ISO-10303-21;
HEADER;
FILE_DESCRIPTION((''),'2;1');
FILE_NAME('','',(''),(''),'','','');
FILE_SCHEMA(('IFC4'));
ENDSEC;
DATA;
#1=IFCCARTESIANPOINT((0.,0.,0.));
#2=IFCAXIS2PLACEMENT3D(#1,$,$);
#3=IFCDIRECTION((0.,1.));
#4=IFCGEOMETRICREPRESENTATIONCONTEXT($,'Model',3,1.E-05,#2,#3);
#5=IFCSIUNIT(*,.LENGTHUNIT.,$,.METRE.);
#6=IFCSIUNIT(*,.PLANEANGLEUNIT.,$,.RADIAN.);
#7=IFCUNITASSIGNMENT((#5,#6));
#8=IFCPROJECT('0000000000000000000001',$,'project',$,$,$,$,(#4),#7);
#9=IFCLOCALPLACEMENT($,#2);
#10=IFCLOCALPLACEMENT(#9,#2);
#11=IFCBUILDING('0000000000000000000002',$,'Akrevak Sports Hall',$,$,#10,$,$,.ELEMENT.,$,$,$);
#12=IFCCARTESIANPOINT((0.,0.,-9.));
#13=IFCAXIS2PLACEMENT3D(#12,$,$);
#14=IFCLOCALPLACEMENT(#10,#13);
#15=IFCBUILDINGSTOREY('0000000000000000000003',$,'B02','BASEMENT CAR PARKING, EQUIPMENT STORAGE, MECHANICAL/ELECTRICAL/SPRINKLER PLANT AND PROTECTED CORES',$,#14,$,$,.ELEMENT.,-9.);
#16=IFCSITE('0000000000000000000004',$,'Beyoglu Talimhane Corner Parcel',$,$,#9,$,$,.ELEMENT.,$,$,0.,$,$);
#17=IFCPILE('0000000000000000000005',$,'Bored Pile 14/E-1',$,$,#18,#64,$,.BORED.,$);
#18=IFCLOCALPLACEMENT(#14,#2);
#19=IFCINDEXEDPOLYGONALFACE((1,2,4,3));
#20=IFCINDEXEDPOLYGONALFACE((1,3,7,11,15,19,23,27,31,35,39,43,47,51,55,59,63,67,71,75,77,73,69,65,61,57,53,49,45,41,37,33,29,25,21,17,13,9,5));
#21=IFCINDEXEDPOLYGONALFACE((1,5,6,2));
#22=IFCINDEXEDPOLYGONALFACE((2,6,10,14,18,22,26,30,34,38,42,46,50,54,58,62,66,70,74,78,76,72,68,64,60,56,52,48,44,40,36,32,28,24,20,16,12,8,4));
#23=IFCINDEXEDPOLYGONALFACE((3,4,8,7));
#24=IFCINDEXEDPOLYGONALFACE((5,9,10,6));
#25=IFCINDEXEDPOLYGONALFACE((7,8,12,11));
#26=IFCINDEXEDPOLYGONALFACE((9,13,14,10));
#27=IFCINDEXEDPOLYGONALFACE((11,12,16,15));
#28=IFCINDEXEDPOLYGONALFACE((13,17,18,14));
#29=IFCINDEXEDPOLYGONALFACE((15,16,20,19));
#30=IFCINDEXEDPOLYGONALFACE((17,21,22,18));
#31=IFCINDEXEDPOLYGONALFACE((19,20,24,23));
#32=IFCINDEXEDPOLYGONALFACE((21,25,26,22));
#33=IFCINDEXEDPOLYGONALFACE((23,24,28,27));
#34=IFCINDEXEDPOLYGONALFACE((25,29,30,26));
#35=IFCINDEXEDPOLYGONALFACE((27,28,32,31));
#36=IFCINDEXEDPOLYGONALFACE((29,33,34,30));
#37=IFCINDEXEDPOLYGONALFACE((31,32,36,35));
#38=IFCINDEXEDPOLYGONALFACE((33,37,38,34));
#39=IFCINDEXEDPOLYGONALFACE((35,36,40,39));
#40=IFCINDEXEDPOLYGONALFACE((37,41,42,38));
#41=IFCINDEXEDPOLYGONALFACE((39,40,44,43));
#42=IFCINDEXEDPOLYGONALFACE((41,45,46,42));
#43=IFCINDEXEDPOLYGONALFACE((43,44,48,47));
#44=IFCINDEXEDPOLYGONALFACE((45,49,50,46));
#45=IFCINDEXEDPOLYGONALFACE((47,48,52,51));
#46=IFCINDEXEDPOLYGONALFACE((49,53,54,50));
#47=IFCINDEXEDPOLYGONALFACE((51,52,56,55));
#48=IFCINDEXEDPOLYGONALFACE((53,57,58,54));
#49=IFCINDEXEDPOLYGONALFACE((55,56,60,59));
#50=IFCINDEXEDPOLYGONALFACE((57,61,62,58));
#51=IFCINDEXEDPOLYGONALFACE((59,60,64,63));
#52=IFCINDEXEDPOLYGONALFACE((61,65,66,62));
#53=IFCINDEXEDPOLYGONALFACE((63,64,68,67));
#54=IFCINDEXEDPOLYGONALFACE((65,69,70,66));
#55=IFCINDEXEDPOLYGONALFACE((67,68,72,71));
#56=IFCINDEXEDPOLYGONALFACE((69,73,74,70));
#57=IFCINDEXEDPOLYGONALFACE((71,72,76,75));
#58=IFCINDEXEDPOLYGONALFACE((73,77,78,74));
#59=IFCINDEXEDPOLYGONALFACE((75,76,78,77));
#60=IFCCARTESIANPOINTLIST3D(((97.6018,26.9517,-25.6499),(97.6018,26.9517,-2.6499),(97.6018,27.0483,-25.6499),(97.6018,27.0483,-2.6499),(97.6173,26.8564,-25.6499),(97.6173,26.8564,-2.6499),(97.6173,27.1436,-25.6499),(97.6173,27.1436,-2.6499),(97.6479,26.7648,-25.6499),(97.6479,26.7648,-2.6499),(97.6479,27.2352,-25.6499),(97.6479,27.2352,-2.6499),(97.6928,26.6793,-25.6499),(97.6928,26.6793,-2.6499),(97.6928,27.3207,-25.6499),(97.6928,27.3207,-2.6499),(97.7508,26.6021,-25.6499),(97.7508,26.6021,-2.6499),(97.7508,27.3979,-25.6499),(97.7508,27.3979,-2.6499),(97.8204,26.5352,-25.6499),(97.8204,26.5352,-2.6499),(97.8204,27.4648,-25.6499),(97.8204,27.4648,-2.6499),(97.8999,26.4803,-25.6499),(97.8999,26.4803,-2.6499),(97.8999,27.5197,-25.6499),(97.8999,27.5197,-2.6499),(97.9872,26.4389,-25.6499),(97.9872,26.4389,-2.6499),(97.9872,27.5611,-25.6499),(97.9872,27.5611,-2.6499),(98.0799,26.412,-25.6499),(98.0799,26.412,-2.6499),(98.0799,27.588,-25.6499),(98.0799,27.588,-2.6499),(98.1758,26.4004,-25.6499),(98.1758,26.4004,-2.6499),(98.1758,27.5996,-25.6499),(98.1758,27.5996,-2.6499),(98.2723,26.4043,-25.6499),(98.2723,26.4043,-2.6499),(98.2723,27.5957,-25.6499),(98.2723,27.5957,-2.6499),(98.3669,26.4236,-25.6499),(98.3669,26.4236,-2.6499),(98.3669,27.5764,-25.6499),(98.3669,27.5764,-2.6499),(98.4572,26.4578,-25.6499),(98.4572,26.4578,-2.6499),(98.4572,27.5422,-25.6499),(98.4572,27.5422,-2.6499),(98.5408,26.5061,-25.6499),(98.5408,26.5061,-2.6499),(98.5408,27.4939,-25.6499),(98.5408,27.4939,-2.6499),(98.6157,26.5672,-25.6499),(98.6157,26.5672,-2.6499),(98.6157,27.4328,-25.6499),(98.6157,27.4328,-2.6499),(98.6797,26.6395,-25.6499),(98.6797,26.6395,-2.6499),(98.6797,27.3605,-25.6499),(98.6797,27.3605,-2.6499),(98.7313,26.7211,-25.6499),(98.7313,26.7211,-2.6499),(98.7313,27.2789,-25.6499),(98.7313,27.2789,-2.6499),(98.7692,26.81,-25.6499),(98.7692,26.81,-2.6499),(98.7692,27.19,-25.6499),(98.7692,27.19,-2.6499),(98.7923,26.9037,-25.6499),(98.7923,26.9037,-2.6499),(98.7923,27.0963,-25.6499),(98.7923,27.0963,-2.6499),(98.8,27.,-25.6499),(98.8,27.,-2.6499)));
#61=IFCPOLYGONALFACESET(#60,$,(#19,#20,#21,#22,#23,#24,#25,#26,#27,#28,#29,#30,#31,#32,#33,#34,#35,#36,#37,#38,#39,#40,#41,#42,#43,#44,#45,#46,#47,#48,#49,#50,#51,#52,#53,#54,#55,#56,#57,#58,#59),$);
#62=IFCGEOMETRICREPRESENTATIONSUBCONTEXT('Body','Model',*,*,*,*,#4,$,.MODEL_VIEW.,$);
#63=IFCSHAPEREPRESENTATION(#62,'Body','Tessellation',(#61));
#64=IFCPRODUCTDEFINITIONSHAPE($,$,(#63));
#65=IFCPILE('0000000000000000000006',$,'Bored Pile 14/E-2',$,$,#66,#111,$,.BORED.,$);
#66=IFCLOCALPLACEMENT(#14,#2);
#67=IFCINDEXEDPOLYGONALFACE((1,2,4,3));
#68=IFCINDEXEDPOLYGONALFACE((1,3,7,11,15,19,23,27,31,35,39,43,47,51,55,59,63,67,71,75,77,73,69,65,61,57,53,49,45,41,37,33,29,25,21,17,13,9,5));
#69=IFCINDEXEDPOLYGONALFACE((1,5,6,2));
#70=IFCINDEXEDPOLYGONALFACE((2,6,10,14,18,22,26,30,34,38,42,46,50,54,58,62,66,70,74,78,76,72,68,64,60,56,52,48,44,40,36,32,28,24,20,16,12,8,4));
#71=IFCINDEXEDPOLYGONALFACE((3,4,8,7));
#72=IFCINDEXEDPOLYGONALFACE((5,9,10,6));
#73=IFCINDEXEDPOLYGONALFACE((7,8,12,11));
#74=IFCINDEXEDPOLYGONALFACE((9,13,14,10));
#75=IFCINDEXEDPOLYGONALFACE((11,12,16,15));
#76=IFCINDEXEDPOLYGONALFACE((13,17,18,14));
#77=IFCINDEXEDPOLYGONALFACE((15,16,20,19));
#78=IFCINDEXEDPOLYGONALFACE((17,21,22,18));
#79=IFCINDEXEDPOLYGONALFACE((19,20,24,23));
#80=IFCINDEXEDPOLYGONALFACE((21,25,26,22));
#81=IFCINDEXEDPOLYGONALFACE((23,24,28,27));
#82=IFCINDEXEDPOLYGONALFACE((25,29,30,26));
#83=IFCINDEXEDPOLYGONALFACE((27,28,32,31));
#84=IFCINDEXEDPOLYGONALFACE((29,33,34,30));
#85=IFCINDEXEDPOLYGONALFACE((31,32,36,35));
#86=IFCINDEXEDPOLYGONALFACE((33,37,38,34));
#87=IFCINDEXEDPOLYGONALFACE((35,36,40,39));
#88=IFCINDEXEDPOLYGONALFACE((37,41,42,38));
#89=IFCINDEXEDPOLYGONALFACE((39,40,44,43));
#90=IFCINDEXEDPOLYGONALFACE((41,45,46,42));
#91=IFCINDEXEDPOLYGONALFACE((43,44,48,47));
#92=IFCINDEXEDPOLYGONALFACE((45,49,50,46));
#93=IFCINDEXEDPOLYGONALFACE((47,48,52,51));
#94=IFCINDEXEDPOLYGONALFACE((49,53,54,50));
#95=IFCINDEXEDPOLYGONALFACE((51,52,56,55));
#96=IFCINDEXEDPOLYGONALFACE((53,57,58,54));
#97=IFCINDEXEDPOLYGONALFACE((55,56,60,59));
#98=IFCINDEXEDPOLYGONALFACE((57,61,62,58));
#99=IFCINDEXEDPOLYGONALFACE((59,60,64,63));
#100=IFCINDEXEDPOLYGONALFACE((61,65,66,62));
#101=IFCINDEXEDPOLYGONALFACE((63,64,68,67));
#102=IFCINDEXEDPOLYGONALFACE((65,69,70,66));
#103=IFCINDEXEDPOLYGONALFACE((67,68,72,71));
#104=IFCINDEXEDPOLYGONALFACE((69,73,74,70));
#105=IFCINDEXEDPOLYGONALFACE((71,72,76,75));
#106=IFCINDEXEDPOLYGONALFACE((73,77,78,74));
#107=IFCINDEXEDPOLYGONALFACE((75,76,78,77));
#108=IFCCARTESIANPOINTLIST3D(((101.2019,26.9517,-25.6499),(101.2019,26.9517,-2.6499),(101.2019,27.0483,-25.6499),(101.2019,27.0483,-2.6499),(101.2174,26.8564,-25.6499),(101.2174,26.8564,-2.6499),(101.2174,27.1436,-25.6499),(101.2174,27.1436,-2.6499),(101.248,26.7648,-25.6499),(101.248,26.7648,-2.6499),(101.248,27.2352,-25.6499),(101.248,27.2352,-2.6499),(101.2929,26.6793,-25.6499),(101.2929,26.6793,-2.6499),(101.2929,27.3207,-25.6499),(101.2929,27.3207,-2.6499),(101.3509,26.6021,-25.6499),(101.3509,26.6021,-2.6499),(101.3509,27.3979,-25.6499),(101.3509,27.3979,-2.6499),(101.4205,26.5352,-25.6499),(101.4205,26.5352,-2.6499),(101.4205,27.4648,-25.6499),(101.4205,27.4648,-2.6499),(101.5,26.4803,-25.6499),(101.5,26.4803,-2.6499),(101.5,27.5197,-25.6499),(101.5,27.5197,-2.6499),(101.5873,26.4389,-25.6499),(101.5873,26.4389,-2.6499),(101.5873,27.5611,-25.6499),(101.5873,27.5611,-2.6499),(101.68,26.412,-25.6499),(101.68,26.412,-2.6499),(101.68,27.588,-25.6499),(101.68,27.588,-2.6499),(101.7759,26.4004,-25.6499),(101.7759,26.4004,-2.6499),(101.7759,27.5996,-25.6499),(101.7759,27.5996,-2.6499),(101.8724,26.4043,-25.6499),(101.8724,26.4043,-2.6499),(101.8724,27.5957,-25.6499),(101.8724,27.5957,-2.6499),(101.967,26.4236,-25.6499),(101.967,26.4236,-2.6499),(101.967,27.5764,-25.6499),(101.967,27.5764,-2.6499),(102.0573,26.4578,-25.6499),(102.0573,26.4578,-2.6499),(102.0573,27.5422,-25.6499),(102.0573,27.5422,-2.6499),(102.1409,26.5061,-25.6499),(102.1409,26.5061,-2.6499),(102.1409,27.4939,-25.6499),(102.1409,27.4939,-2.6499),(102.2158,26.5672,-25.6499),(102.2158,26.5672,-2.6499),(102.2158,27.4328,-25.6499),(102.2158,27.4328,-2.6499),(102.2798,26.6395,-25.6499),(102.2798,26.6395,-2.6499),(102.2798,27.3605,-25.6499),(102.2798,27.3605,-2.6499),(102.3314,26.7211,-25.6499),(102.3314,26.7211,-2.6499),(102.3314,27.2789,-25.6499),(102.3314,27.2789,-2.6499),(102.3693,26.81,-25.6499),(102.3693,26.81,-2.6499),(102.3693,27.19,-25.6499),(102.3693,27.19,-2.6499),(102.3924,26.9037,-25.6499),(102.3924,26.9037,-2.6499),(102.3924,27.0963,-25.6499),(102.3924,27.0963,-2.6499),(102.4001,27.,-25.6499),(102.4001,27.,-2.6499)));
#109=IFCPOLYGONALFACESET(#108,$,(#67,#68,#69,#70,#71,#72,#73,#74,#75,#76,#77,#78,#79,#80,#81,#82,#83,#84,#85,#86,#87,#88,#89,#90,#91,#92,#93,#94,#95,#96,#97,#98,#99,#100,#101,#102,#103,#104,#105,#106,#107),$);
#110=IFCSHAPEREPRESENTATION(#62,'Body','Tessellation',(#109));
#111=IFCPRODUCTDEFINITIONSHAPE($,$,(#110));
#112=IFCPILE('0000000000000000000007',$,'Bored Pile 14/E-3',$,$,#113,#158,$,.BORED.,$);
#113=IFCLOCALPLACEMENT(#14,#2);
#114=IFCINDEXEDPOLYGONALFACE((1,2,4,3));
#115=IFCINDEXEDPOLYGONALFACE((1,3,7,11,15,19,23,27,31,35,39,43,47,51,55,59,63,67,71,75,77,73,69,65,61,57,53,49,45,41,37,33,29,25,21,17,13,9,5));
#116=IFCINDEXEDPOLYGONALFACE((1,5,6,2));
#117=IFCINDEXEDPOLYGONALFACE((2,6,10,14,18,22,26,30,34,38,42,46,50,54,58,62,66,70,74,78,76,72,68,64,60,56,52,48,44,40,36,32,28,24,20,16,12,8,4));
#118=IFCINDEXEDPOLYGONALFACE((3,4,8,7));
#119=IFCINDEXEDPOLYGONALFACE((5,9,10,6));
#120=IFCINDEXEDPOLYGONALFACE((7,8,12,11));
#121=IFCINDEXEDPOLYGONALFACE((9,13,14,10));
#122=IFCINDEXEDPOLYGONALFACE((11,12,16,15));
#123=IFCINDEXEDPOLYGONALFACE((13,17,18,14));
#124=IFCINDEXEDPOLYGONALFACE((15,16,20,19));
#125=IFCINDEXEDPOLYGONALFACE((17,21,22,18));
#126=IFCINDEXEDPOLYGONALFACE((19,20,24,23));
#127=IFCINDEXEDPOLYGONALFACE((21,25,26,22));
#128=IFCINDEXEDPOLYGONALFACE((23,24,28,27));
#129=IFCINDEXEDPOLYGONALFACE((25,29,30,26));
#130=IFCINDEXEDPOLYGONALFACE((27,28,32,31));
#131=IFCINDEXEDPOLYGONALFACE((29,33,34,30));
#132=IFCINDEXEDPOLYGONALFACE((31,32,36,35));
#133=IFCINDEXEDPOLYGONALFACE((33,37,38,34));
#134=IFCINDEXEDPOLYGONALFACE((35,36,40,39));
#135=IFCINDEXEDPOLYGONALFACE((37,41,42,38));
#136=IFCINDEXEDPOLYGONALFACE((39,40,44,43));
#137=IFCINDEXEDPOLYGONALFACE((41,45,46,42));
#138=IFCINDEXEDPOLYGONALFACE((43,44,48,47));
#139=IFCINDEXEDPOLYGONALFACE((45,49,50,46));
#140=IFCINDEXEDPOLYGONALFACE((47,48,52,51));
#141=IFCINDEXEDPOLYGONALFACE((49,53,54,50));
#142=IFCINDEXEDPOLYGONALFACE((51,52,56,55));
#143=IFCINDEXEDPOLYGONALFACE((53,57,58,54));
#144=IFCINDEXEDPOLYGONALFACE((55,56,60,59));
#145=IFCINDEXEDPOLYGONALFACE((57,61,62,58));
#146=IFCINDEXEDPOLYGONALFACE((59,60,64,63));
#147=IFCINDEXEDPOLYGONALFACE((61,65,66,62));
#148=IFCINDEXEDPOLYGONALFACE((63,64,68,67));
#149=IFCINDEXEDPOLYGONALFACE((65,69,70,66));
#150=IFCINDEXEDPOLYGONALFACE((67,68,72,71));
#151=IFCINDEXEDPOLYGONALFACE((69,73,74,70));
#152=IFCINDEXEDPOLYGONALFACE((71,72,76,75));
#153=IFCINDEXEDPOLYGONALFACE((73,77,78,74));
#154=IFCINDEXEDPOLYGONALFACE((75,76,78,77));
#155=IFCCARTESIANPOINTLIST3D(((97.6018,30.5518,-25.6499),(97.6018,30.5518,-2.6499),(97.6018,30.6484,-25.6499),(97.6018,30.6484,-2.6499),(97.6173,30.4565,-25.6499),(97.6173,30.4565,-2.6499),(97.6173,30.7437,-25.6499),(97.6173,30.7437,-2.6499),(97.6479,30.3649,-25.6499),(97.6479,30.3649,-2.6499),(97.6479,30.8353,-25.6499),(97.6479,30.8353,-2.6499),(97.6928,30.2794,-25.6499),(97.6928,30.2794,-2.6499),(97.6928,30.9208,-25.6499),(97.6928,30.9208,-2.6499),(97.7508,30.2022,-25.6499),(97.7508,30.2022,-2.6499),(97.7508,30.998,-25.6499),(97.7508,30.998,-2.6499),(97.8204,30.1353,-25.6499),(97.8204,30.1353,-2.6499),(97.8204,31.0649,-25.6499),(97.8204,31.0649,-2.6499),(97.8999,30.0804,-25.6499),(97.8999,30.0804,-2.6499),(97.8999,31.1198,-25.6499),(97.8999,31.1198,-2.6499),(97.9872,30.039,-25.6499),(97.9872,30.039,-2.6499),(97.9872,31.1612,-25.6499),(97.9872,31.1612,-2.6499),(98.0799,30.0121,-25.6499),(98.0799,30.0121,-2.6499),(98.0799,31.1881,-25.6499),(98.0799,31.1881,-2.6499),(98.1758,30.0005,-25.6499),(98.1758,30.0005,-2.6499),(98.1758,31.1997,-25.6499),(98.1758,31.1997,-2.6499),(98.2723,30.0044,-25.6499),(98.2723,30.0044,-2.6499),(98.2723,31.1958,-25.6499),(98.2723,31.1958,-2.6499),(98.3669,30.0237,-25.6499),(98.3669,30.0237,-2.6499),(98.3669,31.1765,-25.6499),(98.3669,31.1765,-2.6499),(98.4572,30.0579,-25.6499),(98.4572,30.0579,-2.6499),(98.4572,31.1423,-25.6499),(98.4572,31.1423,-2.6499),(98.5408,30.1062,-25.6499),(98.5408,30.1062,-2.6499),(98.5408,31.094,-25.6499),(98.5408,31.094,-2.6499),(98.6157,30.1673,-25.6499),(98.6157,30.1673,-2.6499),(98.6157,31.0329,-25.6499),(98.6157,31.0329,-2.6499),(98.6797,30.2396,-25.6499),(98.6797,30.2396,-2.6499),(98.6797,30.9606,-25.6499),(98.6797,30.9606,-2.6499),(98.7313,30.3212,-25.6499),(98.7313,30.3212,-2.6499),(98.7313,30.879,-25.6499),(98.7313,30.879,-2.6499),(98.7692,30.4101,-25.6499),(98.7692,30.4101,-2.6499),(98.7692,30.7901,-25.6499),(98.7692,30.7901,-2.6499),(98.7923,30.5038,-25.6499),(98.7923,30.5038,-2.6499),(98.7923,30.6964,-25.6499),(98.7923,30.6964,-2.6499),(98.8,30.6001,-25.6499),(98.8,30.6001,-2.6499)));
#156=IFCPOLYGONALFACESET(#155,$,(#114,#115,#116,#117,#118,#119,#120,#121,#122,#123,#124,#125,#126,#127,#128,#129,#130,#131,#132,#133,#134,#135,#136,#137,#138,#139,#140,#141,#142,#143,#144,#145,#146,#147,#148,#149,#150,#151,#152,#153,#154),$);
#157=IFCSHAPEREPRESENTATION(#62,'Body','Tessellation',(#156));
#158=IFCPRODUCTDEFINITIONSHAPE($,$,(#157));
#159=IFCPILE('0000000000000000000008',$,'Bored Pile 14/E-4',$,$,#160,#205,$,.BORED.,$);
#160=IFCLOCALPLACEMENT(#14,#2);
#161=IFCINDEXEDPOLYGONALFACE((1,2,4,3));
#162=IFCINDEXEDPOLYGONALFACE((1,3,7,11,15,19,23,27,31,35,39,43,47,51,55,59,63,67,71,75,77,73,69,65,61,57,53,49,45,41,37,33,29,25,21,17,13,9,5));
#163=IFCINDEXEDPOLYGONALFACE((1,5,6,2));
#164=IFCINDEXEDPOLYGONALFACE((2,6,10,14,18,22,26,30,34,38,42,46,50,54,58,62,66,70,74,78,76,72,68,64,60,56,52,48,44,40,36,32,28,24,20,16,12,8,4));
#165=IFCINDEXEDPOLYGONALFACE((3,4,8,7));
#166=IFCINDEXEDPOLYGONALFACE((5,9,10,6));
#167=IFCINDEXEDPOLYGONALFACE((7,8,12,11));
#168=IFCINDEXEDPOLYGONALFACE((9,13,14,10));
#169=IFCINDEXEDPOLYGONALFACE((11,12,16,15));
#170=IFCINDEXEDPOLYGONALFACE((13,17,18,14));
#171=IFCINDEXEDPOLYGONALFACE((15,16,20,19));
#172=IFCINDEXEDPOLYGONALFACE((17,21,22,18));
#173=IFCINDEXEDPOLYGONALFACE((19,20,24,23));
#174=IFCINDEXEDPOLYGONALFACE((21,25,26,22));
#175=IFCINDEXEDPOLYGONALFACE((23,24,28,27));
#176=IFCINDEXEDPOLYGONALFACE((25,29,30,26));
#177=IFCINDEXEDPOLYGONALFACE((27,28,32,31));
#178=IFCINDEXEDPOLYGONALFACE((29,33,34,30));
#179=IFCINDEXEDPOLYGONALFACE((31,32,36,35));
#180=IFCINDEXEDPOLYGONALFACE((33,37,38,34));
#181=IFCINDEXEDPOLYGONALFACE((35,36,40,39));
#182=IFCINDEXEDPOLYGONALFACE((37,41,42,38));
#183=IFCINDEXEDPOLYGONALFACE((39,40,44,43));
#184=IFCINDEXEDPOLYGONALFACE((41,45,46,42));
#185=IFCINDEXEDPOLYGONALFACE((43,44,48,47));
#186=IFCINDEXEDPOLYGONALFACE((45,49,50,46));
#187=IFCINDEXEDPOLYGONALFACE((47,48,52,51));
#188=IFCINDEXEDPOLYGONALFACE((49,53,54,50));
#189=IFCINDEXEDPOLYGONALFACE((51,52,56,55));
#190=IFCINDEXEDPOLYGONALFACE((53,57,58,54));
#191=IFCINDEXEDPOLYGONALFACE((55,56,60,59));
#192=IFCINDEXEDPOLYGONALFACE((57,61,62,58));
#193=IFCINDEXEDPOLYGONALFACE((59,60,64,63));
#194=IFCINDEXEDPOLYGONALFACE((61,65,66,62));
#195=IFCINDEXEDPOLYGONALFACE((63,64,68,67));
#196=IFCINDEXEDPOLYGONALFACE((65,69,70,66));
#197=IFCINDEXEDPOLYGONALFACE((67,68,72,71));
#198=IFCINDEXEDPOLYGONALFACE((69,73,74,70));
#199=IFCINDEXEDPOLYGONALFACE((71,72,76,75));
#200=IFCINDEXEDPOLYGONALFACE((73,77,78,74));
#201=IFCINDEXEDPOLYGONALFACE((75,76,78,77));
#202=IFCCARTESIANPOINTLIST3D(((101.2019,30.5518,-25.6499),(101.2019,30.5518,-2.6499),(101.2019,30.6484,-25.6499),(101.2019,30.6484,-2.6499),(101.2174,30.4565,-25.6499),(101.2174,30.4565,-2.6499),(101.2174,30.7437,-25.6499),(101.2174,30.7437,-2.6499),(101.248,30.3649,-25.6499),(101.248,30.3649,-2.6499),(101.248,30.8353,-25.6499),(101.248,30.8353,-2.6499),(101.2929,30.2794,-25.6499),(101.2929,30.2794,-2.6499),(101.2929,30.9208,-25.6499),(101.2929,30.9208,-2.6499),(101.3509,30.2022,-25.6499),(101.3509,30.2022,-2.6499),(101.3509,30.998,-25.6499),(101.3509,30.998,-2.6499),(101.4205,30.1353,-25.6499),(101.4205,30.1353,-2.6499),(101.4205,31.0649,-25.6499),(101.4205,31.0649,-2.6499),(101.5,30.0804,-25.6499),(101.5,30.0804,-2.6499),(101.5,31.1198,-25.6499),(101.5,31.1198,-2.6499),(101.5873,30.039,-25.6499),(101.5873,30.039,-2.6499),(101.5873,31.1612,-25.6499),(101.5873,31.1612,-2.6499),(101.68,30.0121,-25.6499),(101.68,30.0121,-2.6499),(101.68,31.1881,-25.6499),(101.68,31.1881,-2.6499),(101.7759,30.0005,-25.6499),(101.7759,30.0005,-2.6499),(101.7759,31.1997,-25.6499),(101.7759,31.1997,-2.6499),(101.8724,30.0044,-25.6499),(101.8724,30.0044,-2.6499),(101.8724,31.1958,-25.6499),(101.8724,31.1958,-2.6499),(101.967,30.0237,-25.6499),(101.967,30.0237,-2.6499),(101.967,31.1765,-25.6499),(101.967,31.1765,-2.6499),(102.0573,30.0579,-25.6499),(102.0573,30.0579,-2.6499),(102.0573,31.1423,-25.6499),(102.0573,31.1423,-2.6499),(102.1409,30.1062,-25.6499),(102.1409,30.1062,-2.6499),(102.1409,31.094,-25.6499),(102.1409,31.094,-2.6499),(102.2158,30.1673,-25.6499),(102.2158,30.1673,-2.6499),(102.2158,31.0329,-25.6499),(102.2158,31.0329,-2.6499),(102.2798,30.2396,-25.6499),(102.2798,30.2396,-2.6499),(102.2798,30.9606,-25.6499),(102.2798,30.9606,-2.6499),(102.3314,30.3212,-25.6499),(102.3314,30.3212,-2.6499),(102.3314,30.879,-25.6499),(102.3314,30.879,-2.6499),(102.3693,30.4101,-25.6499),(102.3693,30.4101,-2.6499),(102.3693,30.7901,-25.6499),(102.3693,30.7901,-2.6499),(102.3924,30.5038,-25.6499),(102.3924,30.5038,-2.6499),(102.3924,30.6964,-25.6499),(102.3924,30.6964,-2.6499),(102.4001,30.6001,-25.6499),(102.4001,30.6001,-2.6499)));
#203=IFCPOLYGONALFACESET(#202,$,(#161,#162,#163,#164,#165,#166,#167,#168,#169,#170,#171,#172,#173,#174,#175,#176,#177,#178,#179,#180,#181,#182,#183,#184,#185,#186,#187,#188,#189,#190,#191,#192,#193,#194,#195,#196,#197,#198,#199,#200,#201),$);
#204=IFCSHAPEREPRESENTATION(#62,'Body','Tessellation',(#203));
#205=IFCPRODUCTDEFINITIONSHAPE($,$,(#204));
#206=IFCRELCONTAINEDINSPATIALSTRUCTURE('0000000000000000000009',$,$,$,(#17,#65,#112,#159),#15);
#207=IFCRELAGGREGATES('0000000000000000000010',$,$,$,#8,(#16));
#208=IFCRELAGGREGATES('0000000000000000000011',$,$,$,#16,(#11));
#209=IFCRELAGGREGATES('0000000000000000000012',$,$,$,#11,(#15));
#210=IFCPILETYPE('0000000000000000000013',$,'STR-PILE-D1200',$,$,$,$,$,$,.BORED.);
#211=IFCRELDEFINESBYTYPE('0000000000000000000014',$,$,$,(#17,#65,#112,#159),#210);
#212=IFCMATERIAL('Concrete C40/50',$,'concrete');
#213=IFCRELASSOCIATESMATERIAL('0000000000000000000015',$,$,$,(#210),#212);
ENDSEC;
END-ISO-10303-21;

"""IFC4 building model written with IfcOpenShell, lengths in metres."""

from ifc_helpers import new_model, si_unit, direction, frame, origin, origin_2d, place, context, subcontext, project, spatial, circle, extrude, material, material_profile, profile_set, type_object, element, save


model = new_model("IFC4")

# Units and contexts
model_context = context("Model", 3, precision=1e-05, world=origin(), true_north=direction((0.0, 1.0)))
body_context = subcontext(model_context, "Body", "Model", "MODEL_VIEW")
ifc_project = project(units=[si_unit("LENGTHUNIT", "METRE"), si_unit("PLANEANGLEUNIT", "RADIAN")], contexts=[model_context])

# Site, building, storey
site_placement = place(None, origin())
site = spatial("IfcSite", under=ifc_project, at=site_placement, Name="Beyoglu Talimhane Corner Parcel", CompositionType="ELEMENT", RefElevation=0.0)
building_placement = place(site_placement, origin())
building = spatial("IfcBuilding", under=site, at=building_placement, Name="Akrevak Sports Hall", CompositionType="ELEMENT")
storey_placement = place(building_placement, frame((0.0, 0.0, -9.0)))
storey = spatial("IfcBuildingStorey", under=building, at=storey_placement, Name="B02", Description="BASEMENT CAR PARKING, EQUIPMENT STORAGE, MECHANICAL/ELECTRICAL/SPRINKLER PLANT AND PROTECTED CORES", CompositionType="ELEMENT", Elevation=-9.0)

# Shared definitions
ifc_material_1 = material(Name="Concrete C40/50", Category="concrete")

# Piles
ifc_material_profile_1 = material_profile(ifc_material_1, circle(Radius=0.6001, at=origin_2d()), Name="BORED PILE D1200", Category="concrete")
ifc_profile_set_1 = profile_set([ifc_material_profile_1], Name="Concrete C40/50")
pile_type_1 = type_object("IfcPileType", Name="STR-PILE-D1200", PredefinedType="BORED", material=ifc_profile_set_1)
for number, where, z_axis, x_axis, name in (
    (1, (98.2, 27.0, -2.6499), (0.0, 0.0, -1.0), (1.0, 0.0, 0.0), "Bored Pile 14/E-1"),
    (2, (101.8, 27.0, -2.6499), (0.0, 0.0, -1.0), (1.0, 0.0, 0.0), "Bored Pile 14/E-2"),
    (3, (98.2, 30.6001, -2.6499), (0.0, 0.0, -1.0), (1.0, 0.0, 0.0), "Bored Pile 14/E-3"),
    (4, (101.8, 30.6001, -2.6499), (0.0, 0.0, -1.0), (1.0, 0.0, 0.0), "Bored Pile 14/E-4"),
):
    element("IfcPile", number, at=place(storey_placement, frame(where, z_axis=z_axis, x_axis=x_axis)), inside=storey, type_object=pile_type_1, Name=name, PredefinedType="BORED", context=body_context, shape_type="SweptSolid", body=[
        extrude(circle(Radius=0.6001, at=origin_2d()), origin(), (0.0, 0.0, 1.0), 23.0),
    ])

save(model, "model.ifc")
